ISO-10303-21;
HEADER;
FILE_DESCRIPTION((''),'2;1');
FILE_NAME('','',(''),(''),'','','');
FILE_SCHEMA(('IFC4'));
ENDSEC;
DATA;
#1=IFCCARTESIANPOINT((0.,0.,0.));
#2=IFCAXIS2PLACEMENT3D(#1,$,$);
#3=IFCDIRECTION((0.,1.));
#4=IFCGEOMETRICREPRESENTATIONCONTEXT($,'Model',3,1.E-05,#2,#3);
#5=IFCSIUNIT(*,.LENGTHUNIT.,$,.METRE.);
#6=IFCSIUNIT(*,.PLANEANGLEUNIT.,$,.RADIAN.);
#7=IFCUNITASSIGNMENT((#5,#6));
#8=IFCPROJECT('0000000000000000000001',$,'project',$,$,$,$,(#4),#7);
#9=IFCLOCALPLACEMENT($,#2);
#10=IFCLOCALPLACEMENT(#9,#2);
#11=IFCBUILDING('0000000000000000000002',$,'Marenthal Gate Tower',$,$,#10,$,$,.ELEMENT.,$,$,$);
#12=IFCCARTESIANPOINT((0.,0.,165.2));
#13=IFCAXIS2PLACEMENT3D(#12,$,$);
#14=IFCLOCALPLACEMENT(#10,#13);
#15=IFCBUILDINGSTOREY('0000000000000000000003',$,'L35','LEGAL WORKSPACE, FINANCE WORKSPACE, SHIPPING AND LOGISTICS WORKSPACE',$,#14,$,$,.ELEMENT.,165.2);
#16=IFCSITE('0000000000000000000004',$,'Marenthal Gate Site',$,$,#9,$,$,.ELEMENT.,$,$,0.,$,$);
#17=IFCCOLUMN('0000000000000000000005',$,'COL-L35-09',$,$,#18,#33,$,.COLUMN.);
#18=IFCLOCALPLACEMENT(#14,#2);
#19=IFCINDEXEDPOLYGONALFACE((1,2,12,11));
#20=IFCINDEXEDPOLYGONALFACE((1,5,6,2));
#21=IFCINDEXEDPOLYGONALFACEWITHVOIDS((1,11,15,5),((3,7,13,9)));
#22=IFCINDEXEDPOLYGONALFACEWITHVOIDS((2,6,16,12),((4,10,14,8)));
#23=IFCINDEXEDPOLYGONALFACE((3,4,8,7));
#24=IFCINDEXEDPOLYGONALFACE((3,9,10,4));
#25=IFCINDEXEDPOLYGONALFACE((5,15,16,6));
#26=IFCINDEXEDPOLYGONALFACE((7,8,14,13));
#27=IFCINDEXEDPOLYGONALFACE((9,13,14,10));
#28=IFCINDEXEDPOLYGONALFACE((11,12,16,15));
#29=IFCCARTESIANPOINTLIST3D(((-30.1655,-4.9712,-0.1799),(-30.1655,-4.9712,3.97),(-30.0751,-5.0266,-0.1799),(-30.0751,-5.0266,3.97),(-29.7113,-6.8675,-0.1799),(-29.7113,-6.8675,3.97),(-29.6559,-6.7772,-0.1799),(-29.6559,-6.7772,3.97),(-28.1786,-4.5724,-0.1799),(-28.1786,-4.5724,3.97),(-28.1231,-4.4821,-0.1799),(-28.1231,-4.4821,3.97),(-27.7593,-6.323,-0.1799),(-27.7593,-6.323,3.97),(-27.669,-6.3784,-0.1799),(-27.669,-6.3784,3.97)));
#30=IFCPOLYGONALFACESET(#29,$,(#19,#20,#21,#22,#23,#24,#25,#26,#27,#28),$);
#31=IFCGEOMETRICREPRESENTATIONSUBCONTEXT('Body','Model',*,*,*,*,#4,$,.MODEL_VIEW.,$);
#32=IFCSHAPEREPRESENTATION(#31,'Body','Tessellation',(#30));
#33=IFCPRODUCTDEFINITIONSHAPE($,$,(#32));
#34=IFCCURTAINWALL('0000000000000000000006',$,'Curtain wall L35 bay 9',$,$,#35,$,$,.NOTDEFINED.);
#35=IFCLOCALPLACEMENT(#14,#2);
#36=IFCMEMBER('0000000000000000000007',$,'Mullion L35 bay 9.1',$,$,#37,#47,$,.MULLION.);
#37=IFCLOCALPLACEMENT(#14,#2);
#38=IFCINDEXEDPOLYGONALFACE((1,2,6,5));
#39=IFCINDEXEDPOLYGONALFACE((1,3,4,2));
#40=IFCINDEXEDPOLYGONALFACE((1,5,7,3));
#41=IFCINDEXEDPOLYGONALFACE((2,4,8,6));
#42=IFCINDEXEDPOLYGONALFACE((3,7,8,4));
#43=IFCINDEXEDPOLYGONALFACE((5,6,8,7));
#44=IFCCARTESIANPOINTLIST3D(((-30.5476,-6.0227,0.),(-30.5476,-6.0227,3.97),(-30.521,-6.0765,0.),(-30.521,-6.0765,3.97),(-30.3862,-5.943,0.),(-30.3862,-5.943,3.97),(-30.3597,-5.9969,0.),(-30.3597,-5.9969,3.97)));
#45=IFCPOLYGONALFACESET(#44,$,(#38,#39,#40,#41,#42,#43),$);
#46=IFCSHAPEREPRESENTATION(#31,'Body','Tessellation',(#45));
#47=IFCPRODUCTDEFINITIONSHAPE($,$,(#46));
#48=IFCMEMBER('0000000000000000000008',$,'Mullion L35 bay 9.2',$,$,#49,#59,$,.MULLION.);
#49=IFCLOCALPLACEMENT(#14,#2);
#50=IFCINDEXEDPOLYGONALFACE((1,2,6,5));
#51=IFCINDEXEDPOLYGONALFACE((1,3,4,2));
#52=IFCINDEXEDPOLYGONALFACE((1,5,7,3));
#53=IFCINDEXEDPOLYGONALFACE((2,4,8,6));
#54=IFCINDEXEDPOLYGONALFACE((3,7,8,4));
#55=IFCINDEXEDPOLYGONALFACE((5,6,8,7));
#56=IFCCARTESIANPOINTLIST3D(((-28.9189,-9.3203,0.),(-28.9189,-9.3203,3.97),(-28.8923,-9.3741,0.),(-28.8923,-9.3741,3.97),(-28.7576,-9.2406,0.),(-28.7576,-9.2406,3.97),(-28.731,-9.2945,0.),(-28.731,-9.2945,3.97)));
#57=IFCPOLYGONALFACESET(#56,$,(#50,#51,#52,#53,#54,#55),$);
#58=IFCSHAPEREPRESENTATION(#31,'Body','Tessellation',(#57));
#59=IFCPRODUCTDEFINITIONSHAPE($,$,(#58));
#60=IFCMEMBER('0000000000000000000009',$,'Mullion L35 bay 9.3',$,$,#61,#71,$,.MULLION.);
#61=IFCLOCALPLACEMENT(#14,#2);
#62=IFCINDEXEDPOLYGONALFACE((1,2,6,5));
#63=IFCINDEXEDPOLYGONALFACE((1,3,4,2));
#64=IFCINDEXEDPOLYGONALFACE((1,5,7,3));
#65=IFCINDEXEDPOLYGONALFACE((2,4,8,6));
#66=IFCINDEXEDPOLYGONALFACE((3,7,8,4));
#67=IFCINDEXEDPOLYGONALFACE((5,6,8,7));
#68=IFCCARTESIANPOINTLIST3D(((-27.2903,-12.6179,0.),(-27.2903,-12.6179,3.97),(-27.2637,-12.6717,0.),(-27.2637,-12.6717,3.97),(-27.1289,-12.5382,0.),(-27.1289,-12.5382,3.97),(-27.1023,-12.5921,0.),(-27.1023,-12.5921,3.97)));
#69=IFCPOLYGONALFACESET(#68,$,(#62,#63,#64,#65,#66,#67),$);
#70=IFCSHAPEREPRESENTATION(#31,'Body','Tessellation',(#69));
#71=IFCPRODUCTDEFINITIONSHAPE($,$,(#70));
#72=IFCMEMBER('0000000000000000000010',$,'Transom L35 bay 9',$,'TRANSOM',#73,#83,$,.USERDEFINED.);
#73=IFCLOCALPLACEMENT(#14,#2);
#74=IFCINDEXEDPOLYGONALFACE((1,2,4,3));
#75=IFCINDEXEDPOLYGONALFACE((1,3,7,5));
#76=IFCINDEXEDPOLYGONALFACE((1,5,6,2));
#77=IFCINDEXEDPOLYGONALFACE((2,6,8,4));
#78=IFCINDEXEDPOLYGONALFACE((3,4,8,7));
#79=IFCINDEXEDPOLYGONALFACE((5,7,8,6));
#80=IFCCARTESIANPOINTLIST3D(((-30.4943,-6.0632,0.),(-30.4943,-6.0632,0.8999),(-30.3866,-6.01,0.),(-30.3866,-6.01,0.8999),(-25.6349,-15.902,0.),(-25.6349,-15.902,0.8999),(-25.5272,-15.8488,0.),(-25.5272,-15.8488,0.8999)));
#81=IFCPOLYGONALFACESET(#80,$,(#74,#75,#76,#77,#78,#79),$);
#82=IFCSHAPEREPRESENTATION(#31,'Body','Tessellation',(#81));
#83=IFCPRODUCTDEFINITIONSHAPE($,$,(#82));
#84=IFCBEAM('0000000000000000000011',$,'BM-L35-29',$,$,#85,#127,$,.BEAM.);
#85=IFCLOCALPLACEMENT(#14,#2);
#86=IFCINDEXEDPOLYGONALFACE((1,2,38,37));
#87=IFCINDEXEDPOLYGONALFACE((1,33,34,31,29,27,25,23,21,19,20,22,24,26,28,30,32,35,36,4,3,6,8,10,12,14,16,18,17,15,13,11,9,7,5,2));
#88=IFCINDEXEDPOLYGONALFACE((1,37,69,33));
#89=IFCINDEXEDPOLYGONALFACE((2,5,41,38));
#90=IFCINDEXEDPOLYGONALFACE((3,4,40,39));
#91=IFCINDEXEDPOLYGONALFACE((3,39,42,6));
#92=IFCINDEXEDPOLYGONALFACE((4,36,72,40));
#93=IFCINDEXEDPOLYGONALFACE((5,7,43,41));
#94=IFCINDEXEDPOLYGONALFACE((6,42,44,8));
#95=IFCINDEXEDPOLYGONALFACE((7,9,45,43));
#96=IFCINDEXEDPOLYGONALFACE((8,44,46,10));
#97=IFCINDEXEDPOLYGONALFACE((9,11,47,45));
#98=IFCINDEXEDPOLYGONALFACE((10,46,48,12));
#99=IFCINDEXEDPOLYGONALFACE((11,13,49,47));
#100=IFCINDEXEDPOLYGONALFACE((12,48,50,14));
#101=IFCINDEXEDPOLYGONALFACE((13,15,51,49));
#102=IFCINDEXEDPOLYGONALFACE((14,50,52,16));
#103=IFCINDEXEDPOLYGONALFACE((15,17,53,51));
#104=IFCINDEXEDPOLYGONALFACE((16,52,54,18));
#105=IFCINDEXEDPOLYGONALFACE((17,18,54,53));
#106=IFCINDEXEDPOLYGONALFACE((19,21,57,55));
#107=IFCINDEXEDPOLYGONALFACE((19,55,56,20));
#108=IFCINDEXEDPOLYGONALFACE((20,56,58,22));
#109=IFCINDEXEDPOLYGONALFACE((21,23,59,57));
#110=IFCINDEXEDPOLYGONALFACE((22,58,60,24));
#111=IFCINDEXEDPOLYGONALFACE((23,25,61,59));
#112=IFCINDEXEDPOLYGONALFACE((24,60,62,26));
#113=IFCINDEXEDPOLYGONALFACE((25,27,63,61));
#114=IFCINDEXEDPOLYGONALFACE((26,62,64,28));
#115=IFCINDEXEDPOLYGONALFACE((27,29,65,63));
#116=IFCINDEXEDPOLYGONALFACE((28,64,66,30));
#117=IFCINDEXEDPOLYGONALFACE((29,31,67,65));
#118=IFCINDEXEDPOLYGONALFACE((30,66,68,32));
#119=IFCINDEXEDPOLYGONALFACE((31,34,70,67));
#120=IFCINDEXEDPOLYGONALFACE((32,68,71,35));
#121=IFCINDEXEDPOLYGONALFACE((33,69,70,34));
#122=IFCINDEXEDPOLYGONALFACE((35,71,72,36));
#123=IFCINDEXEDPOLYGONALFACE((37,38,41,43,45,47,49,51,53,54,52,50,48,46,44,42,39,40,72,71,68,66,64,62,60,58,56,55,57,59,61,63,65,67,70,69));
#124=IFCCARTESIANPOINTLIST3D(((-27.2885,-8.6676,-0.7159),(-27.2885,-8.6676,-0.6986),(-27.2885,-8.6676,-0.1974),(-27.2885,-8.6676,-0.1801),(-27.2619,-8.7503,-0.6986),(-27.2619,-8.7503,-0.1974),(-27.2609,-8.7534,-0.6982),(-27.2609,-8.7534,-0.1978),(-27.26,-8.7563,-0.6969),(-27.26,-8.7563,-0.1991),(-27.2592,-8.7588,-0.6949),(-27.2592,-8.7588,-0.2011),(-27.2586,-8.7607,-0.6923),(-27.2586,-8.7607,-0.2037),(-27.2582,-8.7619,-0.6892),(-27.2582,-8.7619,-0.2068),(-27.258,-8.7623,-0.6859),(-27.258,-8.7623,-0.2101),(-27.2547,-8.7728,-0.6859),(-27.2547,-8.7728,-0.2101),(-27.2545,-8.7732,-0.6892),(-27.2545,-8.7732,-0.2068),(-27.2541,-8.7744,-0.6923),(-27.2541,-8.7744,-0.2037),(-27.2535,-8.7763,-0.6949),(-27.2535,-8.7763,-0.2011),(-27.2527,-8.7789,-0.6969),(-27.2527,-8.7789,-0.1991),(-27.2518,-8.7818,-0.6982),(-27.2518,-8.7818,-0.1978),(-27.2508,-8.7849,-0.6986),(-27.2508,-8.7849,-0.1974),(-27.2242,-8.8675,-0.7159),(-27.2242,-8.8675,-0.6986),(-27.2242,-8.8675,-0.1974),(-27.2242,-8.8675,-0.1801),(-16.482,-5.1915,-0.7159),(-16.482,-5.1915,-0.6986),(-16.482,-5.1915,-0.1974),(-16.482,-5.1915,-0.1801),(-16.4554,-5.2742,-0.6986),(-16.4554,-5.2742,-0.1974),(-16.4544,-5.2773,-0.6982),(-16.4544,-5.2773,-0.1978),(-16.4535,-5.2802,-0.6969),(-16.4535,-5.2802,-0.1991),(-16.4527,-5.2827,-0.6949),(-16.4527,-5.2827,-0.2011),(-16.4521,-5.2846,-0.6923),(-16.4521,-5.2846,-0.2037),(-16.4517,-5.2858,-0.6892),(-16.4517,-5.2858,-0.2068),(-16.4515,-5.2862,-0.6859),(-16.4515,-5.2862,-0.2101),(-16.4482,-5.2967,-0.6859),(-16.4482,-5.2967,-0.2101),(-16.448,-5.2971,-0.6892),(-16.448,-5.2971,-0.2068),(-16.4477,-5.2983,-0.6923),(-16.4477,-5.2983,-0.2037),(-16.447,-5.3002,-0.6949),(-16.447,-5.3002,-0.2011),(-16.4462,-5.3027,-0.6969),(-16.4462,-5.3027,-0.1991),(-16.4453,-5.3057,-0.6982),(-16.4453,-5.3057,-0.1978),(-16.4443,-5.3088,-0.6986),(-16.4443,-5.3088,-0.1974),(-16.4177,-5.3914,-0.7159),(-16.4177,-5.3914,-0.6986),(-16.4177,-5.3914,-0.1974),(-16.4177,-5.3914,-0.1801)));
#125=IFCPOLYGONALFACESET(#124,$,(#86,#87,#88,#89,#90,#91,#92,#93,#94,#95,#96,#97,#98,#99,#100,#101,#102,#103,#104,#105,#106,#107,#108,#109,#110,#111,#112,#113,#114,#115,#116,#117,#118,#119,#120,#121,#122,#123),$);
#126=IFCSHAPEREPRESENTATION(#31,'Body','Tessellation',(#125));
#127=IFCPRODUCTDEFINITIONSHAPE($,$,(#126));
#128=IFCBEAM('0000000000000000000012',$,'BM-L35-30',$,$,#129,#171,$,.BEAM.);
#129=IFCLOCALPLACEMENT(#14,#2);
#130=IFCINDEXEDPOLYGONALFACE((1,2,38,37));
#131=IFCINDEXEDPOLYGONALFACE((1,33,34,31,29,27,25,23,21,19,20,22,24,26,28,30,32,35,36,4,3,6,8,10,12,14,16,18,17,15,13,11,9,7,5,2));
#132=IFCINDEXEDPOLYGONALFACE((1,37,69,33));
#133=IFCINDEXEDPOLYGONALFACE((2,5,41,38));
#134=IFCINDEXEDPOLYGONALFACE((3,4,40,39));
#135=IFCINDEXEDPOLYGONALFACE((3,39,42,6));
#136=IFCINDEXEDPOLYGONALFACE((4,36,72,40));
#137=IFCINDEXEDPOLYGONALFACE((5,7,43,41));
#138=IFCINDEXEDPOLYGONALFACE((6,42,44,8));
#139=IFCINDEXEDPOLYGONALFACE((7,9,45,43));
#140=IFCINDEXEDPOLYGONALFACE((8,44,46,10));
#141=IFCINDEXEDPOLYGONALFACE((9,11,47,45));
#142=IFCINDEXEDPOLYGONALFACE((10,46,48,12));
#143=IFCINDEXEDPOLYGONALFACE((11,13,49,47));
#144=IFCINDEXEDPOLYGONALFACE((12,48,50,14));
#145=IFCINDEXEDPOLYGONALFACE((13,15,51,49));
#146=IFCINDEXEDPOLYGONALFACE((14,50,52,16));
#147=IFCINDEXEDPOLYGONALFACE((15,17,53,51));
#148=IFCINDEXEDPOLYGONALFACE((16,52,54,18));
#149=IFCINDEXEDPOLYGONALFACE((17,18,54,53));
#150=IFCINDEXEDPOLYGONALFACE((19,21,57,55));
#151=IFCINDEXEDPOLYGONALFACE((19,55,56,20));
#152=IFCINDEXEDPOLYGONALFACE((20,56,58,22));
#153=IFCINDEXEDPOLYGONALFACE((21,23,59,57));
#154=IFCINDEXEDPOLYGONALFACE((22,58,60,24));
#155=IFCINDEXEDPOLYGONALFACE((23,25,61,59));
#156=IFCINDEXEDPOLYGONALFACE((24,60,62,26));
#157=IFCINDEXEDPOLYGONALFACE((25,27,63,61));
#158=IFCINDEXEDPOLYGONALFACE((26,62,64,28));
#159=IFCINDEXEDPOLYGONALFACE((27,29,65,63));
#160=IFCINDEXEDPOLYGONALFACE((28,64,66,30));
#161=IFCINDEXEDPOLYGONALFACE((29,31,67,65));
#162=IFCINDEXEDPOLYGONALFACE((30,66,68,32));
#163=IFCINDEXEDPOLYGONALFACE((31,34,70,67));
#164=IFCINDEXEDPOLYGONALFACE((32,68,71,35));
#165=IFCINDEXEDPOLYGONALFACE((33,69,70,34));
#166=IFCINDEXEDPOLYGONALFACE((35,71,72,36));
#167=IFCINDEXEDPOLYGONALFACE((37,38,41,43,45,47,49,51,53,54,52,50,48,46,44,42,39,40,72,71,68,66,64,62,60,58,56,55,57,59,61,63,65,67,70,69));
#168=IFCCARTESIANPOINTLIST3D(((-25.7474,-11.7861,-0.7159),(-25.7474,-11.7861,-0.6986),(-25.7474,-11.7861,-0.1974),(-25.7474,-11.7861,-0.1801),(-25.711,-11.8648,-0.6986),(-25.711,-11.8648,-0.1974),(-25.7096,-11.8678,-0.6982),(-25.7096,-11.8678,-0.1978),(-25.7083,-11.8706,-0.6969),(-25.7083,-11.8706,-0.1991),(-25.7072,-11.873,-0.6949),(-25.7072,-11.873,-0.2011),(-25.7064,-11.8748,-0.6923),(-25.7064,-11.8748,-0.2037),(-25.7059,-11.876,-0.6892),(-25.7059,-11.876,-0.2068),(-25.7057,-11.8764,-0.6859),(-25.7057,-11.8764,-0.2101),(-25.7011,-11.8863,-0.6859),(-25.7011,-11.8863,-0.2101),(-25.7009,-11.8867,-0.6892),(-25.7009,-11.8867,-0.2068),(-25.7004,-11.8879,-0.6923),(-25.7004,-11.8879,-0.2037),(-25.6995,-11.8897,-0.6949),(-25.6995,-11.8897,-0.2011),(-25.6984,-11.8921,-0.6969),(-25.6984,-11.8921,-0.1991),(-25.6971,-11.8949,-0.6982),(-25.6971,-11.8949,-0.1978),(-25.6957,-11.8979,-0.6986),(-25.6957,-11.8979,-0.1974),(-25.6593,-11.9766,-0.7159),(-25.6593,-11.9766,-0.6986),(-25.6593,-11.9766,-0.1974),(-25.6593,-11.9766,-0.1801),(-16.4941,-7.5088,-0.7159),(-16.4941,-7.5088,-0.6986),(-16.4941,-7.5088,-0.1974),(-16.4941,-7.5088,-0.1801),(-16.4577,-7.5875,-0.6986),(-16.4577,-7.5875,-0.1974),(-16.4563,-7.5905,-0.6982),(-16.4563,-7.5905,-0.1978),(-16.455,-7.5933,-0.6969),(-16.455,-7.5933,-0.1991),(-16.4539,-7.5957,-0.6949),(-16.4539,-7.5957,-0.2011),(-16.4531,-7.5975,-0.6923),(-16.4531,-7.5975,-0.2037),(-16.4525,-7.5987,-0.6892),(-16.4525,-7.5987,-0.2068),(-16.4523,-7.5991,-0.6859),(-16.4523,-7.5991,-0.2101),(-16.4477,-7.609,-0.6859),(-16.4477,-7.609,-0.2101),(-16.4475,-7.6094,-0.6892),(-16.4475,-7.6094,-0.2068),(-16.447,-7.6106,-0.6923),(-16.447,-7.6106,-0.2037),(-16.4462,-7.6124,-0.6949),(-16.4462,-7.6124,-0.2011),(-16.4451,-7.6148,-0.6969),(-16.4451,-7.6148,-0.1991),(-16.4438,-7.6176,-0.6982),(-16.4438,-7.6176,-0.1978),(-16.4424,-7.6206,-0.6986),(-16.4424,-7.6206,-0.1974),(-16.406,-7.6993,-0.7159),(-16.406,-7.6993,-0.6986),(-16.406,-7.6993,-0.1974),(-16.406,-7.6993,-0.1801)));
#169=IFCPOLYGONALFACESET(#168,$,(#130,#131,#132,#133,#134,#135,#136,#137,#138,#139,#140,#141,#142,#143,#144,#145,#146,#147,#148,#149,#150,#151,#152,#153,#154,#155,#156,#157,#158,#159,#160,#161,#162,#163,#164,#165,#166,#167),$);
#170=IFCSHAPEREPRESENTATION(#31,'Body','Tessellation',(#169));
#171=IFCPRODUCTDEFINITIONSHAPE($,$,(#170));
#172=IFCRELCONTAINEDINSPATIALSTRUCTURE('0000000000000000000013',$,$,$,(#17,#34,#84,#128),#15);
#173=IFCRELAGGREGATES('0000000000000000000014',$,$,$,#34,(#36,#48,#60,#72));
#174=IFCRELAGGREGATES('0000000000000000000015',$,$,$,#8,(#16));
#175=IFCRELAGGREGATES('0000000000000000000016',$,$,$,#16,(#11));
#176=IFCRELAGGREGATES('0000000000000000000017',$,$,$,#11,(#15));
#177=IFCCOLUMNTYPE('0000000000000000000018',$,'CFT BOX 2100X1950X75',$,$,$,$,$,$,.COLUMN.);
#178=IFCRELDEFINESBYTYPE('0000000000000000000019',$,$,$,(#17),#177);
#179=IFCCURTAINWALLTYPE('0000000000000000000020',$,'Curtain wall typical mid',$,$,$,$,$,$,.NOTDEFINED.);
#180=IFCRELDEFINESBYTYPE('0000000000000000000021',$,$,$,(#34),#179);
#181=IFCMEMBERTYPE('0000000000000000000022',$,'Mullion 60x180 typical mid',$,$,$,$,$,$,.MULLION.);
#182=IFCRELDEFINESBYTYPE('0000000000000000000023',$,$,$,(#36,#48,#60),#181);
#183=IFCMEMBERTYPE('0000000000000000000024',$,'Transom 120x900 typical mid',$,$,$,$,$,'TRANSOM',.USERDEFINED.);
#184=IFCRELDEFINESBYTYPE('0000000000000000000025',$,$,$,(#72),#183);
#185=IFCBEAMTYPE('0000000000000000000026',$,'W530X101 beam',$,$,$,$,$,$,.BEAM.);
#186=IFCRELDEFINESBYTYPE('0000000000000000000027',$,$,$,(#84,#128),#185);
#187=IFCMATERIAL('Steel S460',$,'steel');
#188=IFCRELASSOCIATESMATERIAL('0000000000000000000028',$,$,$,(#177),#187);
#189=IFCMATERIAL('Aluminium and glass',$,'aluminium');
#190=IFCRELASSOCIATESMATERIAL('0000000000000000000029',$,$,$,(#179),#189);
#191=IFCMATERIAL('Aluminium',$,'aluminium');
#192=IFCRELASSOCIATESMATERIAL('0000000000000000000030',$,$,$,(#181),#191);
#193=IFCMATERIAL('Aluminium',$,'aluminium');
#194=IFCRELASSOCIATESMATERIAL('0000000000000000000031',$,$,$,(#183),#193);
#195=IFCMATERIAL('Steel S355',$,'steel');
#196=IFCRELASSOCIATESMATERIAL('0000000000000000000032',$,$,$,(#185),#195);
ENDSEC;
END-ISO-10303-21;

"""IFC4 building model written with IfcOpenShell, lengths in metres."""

from ifc_helpers import new_model, si_unit, direction, frame, origin, origin_2d, place, context, subcontext, project, spatial, rectangle, hollow_rectangle, i_section, extrude, material, material_profile, profile_set, type_object, element, aggregate, save


model = new_model("IFC4")

# Units and contexts
model_context = context("Model", 3, precision=1e-05, world=origin(), true_north=direction((0.0, 1.0)))
body_context = subcontext(model_context, "Body", "Model", "MODEL_VIEW")
ifc_project = project(units=[si_unit("LENGTHUNIT", "METRE"), si_unit("PLANEANGLEUNIT", "RADIAN")], contexts=[model_context])

# Site, building, storey
site_placement = place(None, origin())
site = spatial("IfcSite", under=ifc_project, at=site_placement, Name="Marenthal Gate Site", CompositionType="ELEMENT", RefElevation=0.0)
building_placement = place(site_placement, origin())
building = spatial("IfcBuilding", under=site, at=building_placement, Name="Marenthal Gate Tower", CompositionType="ELEMENT")
storey_placement = place(building_placement, frame((0.0, 0.0, 165.2)))
storey = spatial("IfcBuildingStorey", under=building, at=storey_placement, Name="L35", Description="LEGAL WORKSPACE, FINANCE WORKSPACE, SHIPPING AND LOGISTICS WORKSPACE", CompositionType="ELEMENT", Elevation=165.2)

# Column
ifc_material_1 = material(Name="Steel S460", Category="steel")
ifc_material_profile_1 = material_profile(ifc_material_1, hollow_rectangle(XDim=1.95, YDim=2.1001, WallThickness=0.075, at=origin_2d()), Name="CFT BOX 2100X1950X75")
ifc_material_2 = material(Name="Concrete 70 MPa", Category="concrete")
ifc_material_profile_2 = material_profile(ifc_material_2, rectangle(XDim=1.8, YDim=1.95, at=origin_2d()), Name="CFT BOX 2100X1950X75 INFILL")
ifc_profile_set_1 = profile_set([ifc_material_profile_1, ifc_material_profile_2], Name="Steel S460 shell, Concrete 70 MPa infill")
column_type = type_object("IfcColumnType", Name="CFT BOX 2100X1950X75", PredefinedType="COLUMN", material=ifc_profile_set_1)
column_placement = place(storey_placement, frame((-28.9172, -5.6748, -0.1799), z_axis=(0.0, 0.0, 1.0), x_axis=(-0.232909, 0.972499, 0.0)))
element("IfcColumn", 1, at=column_placement, inside=storey, type_object=column_type, Name="COL-L35-09", PredefinedType="COLUMN", context=body_context, shape_type="SweptSolid", body=[
    extrude(hollow_rectangle(XDim=1.95, YDim=2.1001, WallThickness=0.075, at=origin_2d()), origin(), (0.0, 0.0, 1.0), 4.1499),
])

# Curtain wall, members
ifc_material_3 = material(Name="Aluminium and glass", Category="aluminium")
curtain_wall_type = type_object("IfcCurtainWallType", Name="Curtain wall typical mid", PredefinedType="NOTDEFINED", material=ifc_material_3)
curtain_wall_placement = place(storey_placement, origin())
curtain_wall = element("IfcCurtainWall", 2, at=curtain_wall_placement, inside=storey, type_object=curtain_wall_type, Name="Curtain wall L35 bay 9", PredefinedType="NOTDEFINED")
ifc_material_4 = material(Name="Aluminium", Category="aluminium")
ifc_material_profile_3 = material_profile(ifc_material_4, rectangle(XDim=0.1799, YDim=0.0601, at=origin_2d()), Name="60x180 aluminium mullion")
ifc_profile_set_2 = profile_set([ifc_material_profile_3], Name="Aluminium")
member_type_1 = type_object("IfcMemberType", Name="Mullion 60x180 typical mid", PredefinedType="MULLION", material=ifc_profile_set_2)
member_1_placement = place(storey_placement, frame((-30.4536, -6.0098, 0.0), z_axis=(0.0, 0.0, 1.0), x_axis=(0.896609, 0.442824, 0.0)))
member_1 = element("IfcMember", 3, at=member_1_placement, type_object=member_type_1, Name="Mullion L35 bay 9.1", PredefinedType="MULLION", context=body_context, shape_type="SweptSolid", body=[
    extrude(rectangle(XDim=0.1799, YDim=0.0601, at=origin_2d()), origin(), (0.0, 0.0, 1.0), 3.97),
])
member_2_placement = place(storey_placement, frame((-28.825, -9.3074, 0.0), z_axis=(0.0, 0.0, 1.0), x_axis=(0.896609, 0.442824, 0.0)))
member_2 = element("IfcMember", 4, at=member_2_placement, type_object=member_type_1, Name="Mullion L35 bay 9.2", PredefinedType="MULLION", context=body_context, shape_type="SweptSolid", body=[
    extrude(rectangle(XDim=0.1799, YDim=0.0601, at=origin_2d()), origin(), (0.0, 0.0, 1.0), 3.97),
])
member_3_placement = place(storey_placement, frame((-27.1963, -12.605, 0.0), z_axis=(0.0, 0.0, 1.0), x_axis=(0.896609, 0.442824, 0.0)))
member_3 = element("IfcMember", 5, at=member_3_placement, type_object=member_type_1, Name="Mullion L35 bay 9.3", PredefinedType="MULLION", context=body_context, shape_type="SweptSolid", body=[
    extrude(rectangle(XDim=0.1799, YDim=0.0601, at=origin_2d()), origin(), (0.0, 0.0, 1.0), 3.97),
])
ifc_material_5 = material(Name="Aluminium", Category="aluminium")
ifc_material_profile_4 = material_profile(ifc_material_5, rectangle(XDim=0.1201, YDim=0.8999, at=origin_2d()), Name="120x900 aluminium transom")
ifc_profile_set_3 = profile_set([ifc_material_profile_4], Name="Aluminium")
member_type_2 = type_object("IfcMemberType", Name="Transom 120x900 typical mid", ElementType="TRANSOM", PredefinedType="USERDEFINED", material=ifc_profile_set_3)
member_4_placement = place(storey_placement, frame((-30.4404, -6.0366, 0.45), z_axis=(0.44283, -0.896606, 0.0), x_axis=(0.896606, 0.44283, 0.0)))
member_4 = element("IfcMember", 6, at=member_4_placement, type_object=member_type_2, Name="Transom L35 bay 9", ObjectType="TRANSOM", PredefinedType="USERDEFINED", context=body_context, shape_type="SweptSolid", body=[
    extrude(rectangle(XDim=0.1201, YDim=0.8999, at=origin_2d()), origin(), (0.0, 0.0, 1.0), 10.9734),
])

# Beams
ifc_material_6 = material(Name="Steel S355", Category="steel")
ifc_material_profile_5 = material_profile(ifc_material_6, i_section(OverallWidth=0.21, OverallDepth=0.5359, WebThickness=0.011, FlangeThickness=0.0173, FilletRadius=0.0127, at=origin_2d()), Name="W530X101")
ifc_profile_set_4 = profile_set([ifc_material_profile_5], Name="Steel S355")
beam_type_1 = type_object("IfcBeamType", Name="W530X101 beam", PredefinedType="BEAM", material=ifc_profile_set_4)
beam_1_placement = place(storey_placement, frame((-27.2563, -8.7676, -0.448), z_axis=(0.951962, 0.306216, 0.0), x_axis=(-0.306216, 0.951962, 0.0)))
element("IfcBeam", 7, at=beam_1_placement, inside=storey, type_object=beam_type_1, Name="BM-L35-29", PredefinedType="BEAM", context=body_context, shape_type="SweptSolid", body=[
    extrude(i_section(OverallWidth=0.21, OverallDepth=0.5359, WebThickness=0.011, FlangeThickness=0.0173, FilletRadius=0.0127, at=origin_2d()), origin(), (0.0, 0.0, 1.0), 11.3518),
])
beam_2_placement = place(storey_placement, frame((-25.7034, -11.8813, -0.448), z_axis=(0.907715, 0.419587, 0.0), x_axis=(-0.419587, 0.907715, 0.0)))
element("IfcBeam", 8, at=beam_2_placement, inside=storey, type_object=beam_type_1, Name="BM-L35-30", PredefinedType="BEAM", context=body_context, shape_type="SweptSolid", body=[
    extrude(i_section(OverallWidth=0.21, OverallDepth=0.5359, WebThickness=0.011, FlangeThickness=0.0173, FilletRadius=0.0127, at=origin_2d()), origin(), (0.0, 0.0, 1.0), 10.1941),
])

aggregate(curtain_wall, [member_1, member_2, member_3, member_4])

save(model, "model.ifc")
